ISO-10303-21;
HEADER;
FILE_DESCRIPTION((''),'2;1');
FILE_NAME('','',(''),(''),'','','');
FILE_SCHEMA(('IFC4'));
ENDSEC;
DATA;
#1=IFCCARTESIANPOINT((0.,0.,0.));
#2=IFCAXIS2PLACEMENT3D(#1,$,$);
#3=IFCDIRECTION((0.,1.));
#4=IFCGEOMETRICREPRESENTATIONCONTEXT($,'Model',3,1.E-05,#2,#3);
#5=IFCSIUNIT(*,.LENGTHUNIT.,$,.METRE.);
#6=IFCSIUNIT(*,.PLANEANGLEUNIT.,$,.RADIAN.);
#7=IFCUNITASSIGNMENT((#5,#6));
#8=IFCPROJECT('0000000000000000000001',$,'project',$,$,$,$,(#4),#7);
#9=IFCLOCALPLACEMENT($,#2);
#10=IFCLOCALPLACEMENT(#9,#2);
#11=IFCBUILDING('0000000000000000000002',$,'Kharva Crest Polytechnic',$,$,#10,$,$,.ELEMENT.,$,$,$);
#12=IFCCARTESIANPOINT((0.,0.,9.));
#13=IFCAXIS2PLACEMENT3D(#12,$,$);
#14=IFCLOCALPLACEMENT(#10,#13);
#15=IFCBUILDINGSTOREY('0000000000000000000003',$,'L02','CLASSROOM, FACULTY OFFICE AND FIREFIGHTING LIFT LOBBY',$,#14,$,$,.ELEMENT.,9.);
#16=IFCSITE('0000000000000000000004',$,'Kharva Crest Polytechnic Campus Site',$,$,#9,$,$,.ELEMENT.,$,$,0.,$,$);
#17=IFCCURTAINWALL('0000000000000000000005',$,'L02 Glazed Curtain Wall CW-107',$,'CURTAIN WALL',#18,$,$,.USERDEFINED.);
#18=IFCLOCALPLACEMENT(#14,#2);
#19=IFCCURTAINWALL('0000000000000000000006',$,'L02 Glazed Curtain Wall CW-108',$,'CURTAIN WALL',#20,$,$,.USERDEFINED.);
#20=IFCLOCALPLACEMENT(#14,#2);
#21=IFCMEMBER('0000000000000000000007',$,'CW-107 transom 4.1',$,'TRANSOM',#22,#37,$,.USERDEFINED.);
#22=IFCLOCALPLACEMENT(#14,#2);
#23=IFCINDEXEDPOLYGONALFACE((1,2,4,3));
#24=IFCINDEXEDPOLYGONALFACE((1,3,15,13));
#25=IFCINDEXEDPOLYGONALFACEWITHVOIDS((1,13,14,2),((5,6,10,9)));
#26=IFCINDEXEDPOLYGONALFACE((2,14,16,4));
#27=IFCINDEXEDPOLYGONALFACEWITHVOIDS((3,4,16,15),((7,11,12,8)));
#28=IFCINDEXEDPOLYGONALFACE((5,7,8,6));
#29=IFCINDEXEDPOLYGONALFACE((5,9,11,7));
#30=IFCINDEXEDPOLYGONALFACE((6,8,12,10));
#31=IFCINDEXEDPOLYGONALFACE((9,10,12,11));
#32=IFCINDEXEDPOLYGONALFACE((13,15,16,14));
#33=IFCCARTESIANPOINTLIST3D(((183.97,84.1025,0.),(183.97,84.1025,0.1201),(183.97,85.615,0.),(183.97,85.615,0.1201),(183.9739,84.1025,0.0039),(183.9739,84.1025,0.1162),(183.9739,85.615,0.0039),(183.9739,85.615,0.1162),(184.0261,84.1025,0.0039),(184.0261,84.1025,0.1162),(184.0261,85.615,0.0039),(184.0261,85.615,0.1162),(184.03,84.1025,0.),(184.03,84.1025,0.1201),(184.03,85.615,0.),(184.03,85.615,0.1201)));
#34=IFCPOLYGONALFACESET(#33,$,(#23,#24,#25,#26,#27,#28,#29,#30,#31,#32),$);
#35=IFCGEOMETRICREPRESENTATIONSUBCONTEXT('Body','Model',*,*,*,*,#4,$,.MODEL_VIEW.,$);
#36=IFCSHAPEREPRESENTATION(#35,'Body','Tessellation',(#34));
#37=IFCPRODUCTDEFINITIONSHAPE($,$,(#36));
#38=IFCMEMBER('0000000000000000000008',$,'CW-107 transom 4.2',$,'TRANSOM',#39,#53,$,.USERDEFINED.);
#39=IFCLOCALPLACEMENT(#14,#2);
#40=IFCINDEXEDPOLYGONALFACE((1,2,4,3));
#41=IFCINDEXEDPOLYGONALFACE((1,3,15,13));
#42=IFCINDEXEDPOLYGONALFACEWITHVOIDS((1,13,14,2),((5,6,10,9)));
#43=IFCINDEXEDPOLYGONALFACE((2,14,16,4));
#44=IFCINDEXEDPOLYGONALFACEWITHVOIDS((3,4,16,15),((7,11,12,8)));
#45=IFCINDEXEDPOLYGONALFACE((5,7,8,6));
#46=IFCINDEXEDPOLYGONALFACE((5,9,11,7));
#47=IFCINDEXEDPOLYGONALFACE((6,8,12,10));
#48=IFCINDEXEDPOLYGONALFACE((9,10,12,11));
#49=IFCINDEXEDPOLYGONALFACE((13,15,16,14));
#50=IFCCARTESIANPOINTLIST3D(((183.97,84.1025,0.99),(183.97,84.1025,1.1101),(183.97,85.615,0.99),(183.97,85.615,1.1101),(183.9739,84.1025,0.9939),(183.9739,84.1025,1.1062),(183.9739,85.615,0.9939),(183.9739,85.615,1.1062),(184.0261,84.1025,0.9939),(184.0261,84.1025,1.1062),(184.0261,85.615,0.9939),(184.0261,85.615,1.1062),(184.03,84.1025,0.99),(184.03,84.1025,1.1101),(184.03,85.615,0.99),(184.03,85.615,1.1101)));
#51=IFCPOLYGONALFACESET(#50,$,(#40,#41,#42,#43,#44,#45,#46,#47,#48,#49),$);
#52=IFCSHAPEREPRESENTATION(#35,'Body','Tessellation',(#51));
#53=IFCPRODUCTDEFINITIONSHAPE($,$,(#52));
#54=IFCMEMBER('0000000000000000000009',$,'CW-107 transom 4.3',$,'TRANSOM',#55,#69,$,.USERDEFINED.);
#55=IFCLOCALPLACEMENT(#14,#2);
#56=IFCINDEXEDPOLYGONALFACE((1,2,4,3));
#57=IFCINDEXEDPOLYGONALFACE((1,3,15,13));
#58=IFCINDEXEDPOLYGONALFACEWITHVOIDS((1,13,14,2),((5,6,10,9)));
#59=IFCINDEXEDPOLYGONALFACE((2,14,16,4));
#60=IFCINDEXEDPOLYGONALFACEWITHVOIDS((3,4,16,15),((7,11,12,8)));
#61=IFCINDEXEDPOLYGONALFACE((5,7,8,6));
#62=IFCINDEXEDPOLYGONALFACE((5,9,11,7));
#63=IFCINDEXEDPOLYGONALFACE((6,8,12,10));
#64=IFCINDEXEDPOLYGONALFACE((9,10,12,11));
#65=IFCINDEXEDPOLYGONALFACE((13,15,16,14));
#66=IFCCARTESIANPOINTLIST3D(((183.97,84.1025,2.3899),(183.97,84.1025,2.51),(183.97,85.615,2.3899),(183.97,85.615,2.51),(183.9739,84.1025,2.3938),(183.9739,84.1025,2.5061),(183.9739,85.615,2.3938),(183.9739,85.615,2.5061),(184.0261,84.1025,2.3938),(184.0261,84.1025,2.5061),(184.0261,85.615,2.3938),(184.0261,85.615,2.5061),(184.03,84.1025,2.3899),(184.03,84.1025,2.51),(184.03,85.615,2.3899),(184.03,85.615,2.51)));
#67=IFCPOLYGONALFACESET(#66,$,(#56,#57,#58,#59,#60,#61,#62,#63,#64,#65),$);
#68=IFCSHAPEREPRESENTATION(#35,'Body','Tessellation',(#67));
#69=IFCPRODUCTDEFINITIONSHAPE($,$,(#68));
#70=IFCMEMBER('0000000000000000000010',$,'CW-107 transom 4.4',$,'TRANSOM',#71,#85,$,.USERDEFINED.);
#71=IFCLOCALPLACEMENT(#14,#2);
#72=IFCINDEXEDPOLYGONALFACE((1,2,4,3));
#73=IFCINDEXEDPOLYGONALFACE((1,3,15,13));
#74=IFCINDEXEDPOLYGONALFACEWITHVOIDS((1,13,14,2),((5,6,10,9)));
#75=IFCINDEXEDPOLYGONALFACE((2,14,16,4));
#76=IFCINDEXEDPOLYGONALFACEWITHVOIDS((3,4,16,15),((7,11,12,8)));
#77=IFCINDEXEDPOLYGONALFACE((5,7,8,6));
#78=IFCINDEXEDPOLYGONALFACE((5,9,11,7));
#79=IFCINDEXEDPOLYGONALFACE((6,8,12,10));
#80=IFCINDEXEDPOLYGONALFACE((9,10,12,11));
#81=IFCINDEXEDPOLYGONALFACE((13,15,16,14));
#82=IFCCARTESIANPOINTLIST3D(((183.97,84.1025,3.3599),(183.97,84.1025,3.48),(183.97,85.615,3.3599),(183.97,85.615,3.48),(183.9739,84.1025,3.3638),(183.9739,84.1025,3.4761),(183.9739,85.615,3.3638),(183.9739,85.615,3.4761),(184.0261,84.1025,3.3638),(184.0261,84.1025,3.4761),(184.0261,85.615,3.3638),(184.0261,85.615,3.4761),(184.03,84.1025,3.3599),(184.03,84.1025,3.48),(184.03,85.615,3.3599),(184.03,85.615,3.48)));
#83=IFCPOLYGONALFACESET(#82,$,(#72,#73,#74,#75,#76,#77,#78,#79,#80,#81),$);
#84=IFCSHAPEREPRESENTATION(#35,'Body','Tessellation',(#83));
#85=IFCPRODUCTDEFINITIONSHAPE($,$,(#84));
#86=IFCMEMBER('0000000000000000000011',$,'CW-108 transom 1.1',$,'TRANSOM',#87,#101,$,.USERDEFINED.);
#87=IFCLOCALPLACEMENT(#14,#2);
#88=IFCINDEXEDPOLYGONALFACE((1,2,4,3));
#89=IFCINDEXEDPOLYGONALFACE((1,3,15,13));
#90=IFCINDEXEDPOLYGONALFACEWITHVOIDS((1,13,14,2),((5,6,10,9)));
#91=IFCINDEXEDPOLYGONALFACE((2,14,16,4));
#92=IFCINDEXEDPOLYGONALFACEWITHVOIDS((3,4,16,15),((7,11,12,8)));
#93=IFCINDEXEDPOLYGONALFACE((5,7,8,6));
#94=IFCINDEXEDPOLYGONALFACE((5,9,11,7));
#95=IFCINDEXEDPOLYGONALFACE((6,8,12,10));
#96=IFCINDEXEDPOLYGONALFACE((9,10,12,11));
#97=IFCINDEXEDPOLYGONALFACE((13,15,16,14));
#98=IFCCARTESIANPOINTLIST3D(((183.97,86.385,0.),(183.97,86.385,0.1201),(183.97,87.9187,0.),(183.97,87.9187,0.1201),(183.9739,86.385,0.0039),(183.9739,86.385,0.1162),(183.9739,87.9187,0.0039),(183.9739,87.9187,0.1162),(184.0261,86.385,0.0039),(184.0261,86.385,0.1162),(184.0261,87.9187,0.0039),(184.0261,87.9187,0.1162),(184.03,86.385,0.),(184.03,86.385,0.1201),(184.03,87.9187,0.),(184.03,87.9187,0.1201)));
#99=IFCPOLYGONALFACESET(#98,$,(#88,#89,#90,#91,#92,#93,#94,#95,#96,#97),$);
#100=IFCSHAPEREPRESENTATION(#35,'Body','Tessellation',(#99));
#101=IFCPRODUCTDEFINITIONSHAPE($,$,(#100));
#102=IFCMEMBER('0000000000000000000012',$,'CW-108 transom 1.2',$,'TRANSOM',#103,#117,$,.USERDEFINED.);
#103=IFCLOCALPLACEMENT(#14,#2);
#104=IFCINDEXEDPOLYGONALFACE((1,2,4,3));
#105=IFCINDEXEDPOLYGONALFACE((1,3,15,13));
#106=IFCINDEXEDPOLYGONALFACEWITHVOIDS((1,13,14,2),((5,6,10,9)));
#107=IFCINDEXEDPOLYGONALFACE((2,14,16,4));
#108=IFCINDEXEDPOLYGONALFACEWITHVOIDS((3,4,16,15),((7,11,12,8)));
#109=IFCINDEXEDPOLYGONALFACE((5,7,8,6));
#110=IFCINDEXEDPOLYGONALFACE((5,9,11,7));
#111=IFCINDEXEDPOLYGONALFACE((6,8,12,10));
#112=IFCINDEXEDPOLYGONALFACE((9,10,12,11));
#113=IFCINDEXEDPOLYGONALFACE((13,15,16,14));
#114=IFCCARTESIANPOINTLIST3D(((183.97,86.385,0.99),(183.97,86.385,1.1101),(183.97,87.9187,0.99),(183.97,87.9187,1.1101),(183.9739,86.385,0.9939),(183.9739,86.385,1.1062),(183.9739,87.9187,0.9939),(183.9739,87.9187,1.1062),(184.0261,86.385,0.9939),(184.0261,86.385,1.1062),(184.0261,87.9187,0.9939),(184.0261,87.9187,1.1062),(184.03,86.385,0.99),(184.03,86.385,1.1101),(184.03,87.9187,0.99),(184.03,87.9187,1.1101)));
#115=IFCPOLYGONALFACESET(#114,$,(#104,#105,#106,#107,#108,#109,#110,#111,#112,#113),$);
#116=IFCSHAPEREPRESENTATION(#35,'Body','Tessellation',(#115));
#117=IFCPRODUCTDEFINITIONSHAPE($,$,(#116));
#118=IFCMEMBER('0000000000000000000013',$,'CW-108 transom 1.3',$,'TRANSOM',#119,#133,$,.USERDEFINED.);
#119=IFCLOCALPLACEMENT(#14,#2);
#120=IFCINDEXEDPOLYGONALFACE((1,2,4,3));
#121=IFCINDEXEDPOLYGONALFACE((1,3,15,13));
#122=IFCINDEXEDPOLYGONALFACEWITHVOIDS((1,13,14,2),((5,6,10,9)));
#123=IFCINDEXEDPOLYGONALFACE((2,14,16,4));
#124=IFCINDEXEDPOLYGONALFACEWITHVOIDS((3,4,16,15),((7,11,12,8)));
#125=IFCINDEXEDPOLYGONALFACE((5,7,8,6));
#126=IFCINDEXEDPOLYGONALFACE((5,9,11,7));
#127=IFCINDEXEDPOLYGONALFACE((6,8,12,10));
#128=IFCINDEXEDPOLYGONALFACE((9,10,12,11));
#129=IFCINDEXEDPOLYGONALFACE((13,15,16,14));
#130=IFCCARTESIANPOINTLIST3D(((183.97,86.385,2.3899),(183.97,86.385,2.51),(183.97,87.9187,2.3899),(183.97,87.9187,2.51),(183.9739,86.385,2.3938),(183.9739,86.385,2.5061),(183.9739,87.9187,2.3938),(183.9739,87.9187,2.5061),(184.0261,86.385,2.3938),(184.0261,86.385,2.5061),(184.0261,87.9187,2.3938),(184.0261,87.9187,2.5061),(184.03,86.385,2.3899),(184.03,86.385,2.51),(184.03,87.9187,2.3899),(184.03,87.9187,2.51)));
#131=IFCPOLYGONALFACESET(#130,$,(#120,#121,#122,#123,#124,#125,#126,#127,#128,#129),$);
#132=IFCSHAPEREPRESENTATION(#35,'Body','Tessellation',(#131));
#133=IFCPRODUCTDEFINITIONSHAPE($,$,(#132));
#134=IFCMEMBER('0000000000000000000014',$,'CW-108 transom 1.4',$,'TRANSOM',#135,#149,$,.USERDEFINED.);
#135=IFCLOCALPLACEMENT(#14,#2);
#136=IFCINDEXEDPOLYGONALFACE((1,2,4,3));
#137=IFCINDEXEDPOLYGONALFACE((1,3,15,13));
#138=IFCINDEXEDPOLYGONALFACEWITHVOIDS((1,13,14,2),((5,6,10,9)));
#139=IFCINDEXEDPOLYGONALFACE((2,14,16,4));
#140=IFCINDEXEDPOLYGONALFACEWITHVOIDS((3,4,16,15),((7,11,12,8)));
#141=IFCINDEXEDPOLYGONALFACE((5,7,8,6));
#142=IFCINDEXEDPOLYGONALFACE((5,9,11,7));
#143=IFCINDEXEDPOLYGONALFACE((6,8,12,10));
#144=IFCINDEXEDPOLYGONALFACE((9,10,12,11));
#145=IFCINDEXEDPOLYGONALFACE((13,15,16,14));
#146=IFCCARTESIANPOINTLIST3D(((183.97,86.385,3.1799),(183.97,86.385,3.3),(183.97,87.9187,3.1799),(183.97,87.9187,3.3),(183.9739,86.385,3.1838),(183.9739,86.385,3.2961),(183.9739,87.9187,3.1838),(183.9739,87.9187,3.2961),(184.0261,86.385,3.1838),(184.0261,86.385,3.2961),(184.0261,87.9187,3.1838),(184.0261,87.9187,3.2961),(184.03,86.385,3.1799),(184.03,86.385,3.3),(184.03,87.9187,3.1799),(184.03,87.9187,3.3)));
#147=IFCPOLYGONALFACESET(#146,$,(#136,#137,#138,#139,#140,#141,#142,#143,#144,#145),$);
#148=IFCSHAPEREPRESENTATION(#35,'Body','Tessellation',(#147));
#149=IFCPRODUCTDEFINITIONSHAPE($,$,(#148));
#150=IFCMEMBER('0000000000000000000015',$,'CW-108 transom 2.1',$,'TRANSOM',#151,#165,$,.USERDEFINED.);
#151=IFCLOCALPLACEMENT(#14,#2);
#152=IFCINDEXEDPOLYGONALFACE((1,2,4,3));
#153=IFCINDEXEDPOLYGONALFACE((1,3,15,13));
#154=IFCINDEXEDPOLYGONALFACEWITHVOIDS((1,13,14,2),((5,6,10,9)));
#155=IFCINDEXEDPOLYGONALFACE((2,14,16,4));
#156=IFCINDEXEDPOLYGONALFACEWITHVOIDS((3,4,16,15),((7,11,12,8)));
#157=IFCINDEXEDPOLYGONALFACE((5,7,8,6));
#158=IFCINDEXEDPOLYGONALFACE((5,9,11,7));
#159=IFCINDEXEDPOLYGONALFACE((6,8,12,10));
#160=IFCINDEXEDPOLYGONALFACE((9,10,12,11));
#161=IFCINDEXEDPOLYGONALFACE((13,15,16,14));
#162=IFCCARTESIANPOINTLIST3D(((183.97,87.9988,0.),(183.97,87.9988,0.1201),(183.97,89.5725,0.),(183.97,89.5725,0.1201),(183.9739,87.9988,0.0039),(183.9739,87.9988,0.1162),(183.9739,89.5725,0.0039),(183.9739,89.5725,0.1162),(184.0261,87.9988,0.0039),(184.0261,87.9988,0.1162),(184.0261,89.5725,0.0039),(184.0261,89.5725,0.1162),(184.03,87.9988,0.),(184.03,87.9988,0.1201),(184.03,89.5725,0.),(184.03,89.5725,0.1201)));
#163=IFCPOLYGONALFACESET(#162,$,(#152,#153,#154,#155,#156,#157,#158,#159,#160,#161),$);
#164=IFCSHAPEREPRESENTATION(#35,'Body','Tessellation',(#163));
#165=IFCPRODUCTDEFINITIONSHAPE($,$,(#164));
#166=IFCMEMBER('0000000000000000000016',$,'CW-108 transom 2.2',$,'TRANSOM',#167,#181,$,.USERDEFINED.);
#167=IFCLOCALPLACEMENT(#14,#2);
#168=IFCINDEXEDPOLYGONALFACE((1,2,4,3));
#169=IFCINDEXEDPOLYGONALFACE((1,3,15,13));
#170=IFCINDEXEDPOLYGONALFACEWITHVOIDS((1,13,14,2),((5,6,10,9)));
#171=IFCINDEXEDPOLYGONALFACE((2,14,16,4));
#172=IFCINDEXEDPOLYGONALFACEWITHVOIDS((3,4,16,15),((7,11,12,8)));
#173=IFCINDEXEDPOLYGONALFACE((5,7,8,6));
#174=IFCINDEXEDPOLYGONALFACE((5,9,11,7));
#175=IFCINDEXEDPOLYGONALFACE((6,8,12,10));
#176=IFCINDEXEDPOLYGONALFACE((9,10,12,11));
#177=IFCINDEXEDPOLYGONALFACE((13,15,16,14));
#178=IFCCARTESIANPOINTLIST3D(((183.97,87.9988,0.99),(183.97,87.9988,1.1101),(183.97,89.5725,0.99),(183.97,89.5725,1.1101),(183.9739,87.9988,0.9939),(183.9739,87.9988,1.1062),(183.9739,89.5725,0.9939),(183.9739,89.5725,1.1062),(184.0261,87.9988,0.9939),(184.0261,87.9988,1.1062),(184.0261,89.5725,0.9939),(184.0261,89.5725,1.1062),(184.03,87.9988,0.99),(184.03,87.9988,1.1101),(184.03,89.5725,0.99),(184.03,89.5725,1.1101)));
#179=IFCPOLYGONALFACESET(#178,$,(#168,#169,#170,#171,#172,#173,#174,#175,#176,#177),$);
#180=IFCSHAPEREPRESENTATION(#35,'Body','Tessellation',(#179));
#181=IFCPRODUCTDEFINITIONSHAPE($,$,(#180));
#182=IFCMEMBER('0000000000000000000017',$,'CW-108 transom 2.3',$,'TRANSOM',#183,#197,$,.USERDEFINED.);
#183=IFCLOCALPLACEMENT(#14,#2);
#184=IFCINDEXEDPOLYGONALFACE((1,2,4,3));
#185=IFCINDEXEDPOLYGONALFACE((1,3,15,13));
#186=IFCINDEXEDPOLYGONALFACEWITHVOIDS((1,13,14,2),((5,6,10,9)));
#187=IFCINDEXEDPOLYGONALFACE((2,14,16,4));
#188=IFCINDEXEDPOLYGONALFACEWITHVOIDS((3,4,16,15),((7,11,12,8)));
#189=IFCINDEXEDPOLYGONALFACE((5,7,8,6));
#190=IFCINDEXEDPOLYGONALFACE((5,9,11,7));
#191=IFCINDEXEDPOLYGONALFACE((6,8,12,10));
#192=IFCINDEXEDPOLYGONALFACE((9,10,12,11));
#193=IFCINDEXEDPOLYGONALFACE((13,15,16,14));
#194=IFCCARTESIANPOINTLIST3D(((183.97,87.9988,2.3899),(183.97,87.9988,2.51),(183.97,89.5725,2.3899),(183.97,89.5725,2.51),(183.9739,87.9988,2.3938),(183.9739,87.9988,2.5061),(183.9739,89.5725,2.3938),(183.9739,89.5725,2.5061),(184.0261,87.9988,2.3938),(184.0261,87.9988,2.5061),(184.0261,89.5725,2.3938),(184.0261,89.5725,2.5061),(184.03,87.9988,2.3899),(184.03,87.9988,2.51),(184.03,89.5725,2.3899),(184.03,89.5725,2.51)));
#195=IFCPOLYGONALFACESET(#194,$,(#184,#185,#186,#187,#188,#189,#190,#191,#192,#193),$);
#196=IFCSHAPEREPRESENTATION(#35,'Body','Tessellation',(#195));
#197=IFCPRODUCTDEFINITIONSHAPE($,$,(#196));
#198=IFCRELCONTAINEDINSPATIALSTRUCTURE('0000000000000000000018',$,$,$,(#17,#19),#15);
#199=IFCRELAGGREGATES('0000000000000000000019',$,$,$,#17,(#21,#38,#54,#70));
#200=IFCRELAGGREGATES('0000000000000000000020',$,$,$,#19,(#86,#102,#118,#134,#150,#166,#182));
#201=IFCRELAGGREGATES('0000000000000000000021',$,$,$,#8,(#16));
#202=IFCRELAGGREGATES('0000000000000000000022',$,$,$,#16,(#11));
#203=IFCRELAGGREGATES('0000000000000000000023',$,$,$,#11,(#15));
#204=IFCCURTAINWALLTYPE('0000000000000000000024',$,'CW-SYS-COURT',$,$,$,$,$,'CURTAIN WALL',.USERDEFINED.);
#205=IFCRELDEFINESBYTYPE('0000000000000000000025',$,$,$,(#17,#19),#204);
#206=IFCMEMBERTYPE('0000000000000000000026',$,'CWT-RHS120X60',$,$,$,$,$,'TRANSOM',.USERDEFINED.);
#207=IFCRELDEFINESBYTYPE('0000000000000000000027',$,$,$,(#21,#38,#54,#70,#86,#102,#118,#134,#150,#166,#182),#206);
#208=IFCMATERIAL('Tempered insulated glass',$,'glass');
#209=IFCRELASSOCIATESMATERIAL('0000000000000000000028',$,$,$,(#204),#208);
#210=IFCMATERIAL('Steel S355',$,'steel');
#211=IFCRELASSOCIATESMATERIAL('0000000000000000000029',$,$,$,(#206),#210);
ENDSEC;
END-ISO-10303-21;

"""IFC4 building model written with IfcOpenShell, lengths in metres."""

from ifc_helpers import new_model, si_unit, direction, frame, origin, origin_2d, place, context, subcontext, project, spatial, hollow_rectangle, extrude, material, material_profile, profile_set, type_object, element, aggregate, save


model = new_model("IFC4")

# Units and contexts
model_context = context("Model", 3, precision=1e-05, world=origin(), true_north=direction((0.0, 1.0)))
body_context = subcontext(model_context, "Body", "Model", "MODEL_VIEW")
ifc_project = project(units=[si_unit("LENGTHUNIT", "METRE"), si_unit("PLANEANGLEUNIT", "RADIAN")], contexts=[model_context])

# Site, building, storey
site_placement = place(None, origin())
site = spatial("IfcSite", under=ifc_project, at=site_placement, Name="Kharva Crest Polytechnic Campus Site", CompositionType="ELEMENT", RefElevation=0.0)
building_placement = place(site_placement, origin())
building = spatial("IfcBuilding", under=site, at=building_placement, Name="Kharva Crest Polytechnic", CompositionType="ELEMENT")
storey_placement = place(building_placement, frame((0.0, 0.0, 9.0)))
storey = spatial("IfcBuildingStorey", under=building, at=storey_placement, Name="L02", Description="CLASSROOM, FACULTY OFFICE AND FIREFIGHTING LIFT LOBBY", CompositionType="ELEMENT", Elevation=9.0)

# Curtain walls
ifc_material_1 = material(Name="Tempered insulated glass", Category="glass")
curtain_wall_type = type_object("IfcCurtainWallType", Name="CW-SYS-COURT", ElementType="CURTAIN WALL", PredefinedType="USERDEFINED", material=ifc_material_1)
curtain_wall_1_placement = place(storey_placement, origin())
curtain_wall_1 = element("IfcCurtainWall", 1, at=curtain_wall_1_placement, inside=storey, type_object=curtain_wall_type, Name="L02 Glazed Curtain Wall CW-107", ObjectType="CURTAIN WALL", PredefinedType="USERDEFINED")
ifc_material_2 = material(Name="Steel S355", Category="steel")
curtain_wall_2_placement = place(storey_placement, origin())
curtain_wall_2 = element("IfcCurtainWall", 2, at=curtain_wall_2_placement, inside=storey, type_object=curtain_wall_type, Name="L02 Glazed Curtain Wall CW-108", ObjectType="CURTAIN WALL", PredefinedType="USERDEFINED")

# Members
ifc_material_profile_1 = material_profile(ifc_material_2, hollow_rectangle(XDim=0.0601, YDim=0.1201, WallThickness=0.0039, at=origin_2d()), Name="RHS 120X60X4.0")
ifc_profile_set_1 = profile_set([ifc_material_profile_1], Name="Steel S355")
member_type_1 = type_object("IfcMemberType", Name="CWT-RHS120X60", ElementType="TRANSOM", PredefinedType="USERDEFINED", material=ifc_profile_set_1)
member_1_placement = place(storey_placement, frame((184.0, 84.1025, 0.0601), z_axis=(0.0, 1.0, 0.0), x_axis=(-1.0, 0.0, 0.0)))
member_1 = element("IfcMember", 3, at=member_1_placement, type_object=member_type_1, Name="CW-107 transom 4.1", ObjectType="TRANSOM", PredefinedType="USERDEFINED", context=body_context, shape_type="SweptSolid", body=[
    extrude(hollow_rectangle(XDim=0.0601, YDim=0.1201, WallThickness=0.0039, at=origin_2d()), origin(), (0.0, 0.0, 1.0), 1.5125),
])
member_2_placement = place(storey_placement, frame((184.0, 84.1025, 1.05), z_axis=(0.0, 1.0, 0.0), x_axis=(-1.0, 0.0, 0.0)))
member_2 = element("IfcMember", 4, at=member_2_placement, type_object=member_type_1, Name="CW-107 transom 4.2", ObjectType="TRANSOM", PredefinedType="USERDEFINED", context=body_context, shape_type="SweptSolid", body=[
    extrude(hollow_rectangle(XDim=0.0601, YDim=0.1201, WallThickness=0.0039, at=origin_2d()), origin(), (0.0, 0.0, 1.0), 1.5125),
])
member_3_placement = place(storey_placement, frame((184.0, 84.1025, 2.45), z_axis=(0.0, 1.0, 0.0), x_axis=(-1.0, 0.0, 0.0)))
member_3 = element("IfcMember", 5, at=member_3_placement, type_object=member_type_1, Name="CW-107 transom 4.3", ObjectType="TRANSOM", PredefinedType="USERDEFINED", context=body_context, shape_type="SweptSolid", body=[
    extrude(hollow_rectangle(XDim=0.0601, YDim=0.1201, WallThickness=0.0039, at=origin_2d()), origin(), (0.0, 0.0, 1.0), 1.5125),
])
member_4_placement = place(storey_placement, frame((184.0, 84.1025, 3.4199), z_axis=(0.0, 1.0, 0.0), x_axis=(-1.0, 0.0, 0.0)))
member_4 = element("IfcMember", 6, at=member_4_placement, type_object=member_type_1, Name="CW-107 transom 4.4", ObjectType="TRANSOM", PredefinedType="USERDEFINED", context=body_context, shape_type="SweptSolid", body=[
    extrude(hollow_rectangle(XDim=0.0601, YDim=0.1201, WallThickness=0.0039, at=origin_2d()), origin(), (0.0, 0.0, 1.0), 1.5125),
])
member_5_placement = place(storey_placement, frame((184.0, 86.385, 0.0601), z_axis=(0.0, 1.0, 0.0), x_axis=(-1.0, 0.0, 0.0)))
member_5 = element("IfcMember", 7, at=member_5_placement, type_object=member_type_1, Name="CW-108 transom 1.1", ObjectType="TRANSOM", PredefinedType="USERDEFINED", context=body_context, shape_type="SweptSolid", body=[
    extrude(hollow_rectangle(XDim=0.0601, YDim=0.1201, WallThickness=0.0039, at=origin_2d()), origin(), (0.0, 0.0, 1.0), 1.5337),
])
member_6_placement = place(storey_placement, frame((184.0, 86.385, 1.05), z_axis=(0.0, 1.0, 0.0), x_axis=(-1.0, 0.0, 0.0)))
member_6 = element("IfcMember", 8, at=member_6_placement, type_object=member_type_1, Name="CW-108 transom 1.2", ObjectType="TRANSOM", PredefinedType="USERDEFINED", context=body_context, shape_type="SweptSolid", body=[
    extrude(hollow_rectangle(XDim=0.0601, YDim=0.1201, WallThickness=0.0039, at=origin_2d()), origin(), (0.0, 0.0, 1.0), 1.5337),
])
member_7_placement = place(storey_placement, frame((184.0, 86.385, 2.45), z_axis=(0.0, 1.0, 0.0), x_axis=(-1.0, 0.0, 0.0)))
member_7 = element("IfcMember", 9, at=member_7_placement, type_object=member_type_1, Name="CW-108 transom 1.3", ObjectType="TRANSOM", PredefinedType="USERDEFINED", context=body_context, shape_type="SweptSolid", body=[
    extrude(hollow_rectangle(XDim=0.0601, YDim=0.1201, WallThickness=0.0039, at=origin_2d()), origin(), (0.0, 0.0, 1.0), 1.5337),
])
member_8_placement = place(storey_placement, frame((184.0, 86.385, 3.24), z_axis=(0.0, 1.0, 0.0), x_axis=(-1.0, 0.0, 0.0)))
member_8 = element("IfcMember", 10, at=member_8_placement, type_object=member_type_1, Name="CW-108 transom 1.4", ObjectType="TRANSOM", PredefinedType="USERDEFINED", context=body_context, shape_type="SweptSolid", body=[
    extrude(hollow_rectangle(XDim=0.0601, YDim=0.1201, WallThickness=0.0039, at=origin_2d()), origin(), (0.0, 0.0, 1.0), 1.5337),
])
member_9_placement = place(storey_placement, frame((184.0, 87.9988, 0.0601), z_axis=(0.0, 1.0, 0.0), x_axis=(-1.0, 0.0, 0.0)))
member_9 = element("IfcMember", 11, at=member_9_placement, type_object=member_type_1, Name="CW-108 transom 2.1", ObjectType="TRANSOM", PredefinedType="USERDEFINED", context=body_context, shape_type="SweptSolid", body=[
    extrude(hollow_rectangle(XDim=0.0601, YDim=0.1201, WallThickness=0.0039, at=origin_2d()), origin(), (0.0, 0.0, 1.0), 1.5737),
])
member_10_placement = place(storey_placement, frame((184.0, 87.9988, 1.05), z_axis=(0.0, 1.0, 0.0), x_axis=(-1.0, 0.0, 0.0)))
member_10 = element("IfcMember", 12, at=member_10_placement, type_object=member_type_1, Name="CW-108 transom 2.2", ObjectType="TRANSOM", PredefinedType="USERDEFINED", context=body_context, shape_type="SweptSolid", body=[
    extrude(hollow_rectangle(XDim=0.0601, YDim=0.1201, WallThickness=0.0039, at=origin_2d()), origin(), (0.0, 0.0, 1.0), 1.5737),
])
member_11_placement = place(storey_placement, frame((184.0, 87.9988, 2.45), z_axis=(0.0, 1.0, 0.0), x_axis=(-1.0, 0.0, 0.0)))
member_11 = element("IfcMember", 13, at=member_11_placement, type_object=member_type_1, Name="CW-108 transom 2.3", ObjectType="TRANSOM", PredefinedType="USERDEFINED", context=body_context, shape_type="SweptSolid", body=[
    extrude(hollow_rectangle(XDim=0.0601, YDim=0.1201, WallThickness=0.0039, at=origin_2d()), origin(), (0.0, 0.0, 1.0), 1.5737),
])

aggregate(curtain_wall_1, [member_1, member_2, member_3, member_4])
aggregate(curtain_wall_2, [member_5, member_6, member_7, member_8, member_9, member_10, member_11])

save(model, "model.ifc")
